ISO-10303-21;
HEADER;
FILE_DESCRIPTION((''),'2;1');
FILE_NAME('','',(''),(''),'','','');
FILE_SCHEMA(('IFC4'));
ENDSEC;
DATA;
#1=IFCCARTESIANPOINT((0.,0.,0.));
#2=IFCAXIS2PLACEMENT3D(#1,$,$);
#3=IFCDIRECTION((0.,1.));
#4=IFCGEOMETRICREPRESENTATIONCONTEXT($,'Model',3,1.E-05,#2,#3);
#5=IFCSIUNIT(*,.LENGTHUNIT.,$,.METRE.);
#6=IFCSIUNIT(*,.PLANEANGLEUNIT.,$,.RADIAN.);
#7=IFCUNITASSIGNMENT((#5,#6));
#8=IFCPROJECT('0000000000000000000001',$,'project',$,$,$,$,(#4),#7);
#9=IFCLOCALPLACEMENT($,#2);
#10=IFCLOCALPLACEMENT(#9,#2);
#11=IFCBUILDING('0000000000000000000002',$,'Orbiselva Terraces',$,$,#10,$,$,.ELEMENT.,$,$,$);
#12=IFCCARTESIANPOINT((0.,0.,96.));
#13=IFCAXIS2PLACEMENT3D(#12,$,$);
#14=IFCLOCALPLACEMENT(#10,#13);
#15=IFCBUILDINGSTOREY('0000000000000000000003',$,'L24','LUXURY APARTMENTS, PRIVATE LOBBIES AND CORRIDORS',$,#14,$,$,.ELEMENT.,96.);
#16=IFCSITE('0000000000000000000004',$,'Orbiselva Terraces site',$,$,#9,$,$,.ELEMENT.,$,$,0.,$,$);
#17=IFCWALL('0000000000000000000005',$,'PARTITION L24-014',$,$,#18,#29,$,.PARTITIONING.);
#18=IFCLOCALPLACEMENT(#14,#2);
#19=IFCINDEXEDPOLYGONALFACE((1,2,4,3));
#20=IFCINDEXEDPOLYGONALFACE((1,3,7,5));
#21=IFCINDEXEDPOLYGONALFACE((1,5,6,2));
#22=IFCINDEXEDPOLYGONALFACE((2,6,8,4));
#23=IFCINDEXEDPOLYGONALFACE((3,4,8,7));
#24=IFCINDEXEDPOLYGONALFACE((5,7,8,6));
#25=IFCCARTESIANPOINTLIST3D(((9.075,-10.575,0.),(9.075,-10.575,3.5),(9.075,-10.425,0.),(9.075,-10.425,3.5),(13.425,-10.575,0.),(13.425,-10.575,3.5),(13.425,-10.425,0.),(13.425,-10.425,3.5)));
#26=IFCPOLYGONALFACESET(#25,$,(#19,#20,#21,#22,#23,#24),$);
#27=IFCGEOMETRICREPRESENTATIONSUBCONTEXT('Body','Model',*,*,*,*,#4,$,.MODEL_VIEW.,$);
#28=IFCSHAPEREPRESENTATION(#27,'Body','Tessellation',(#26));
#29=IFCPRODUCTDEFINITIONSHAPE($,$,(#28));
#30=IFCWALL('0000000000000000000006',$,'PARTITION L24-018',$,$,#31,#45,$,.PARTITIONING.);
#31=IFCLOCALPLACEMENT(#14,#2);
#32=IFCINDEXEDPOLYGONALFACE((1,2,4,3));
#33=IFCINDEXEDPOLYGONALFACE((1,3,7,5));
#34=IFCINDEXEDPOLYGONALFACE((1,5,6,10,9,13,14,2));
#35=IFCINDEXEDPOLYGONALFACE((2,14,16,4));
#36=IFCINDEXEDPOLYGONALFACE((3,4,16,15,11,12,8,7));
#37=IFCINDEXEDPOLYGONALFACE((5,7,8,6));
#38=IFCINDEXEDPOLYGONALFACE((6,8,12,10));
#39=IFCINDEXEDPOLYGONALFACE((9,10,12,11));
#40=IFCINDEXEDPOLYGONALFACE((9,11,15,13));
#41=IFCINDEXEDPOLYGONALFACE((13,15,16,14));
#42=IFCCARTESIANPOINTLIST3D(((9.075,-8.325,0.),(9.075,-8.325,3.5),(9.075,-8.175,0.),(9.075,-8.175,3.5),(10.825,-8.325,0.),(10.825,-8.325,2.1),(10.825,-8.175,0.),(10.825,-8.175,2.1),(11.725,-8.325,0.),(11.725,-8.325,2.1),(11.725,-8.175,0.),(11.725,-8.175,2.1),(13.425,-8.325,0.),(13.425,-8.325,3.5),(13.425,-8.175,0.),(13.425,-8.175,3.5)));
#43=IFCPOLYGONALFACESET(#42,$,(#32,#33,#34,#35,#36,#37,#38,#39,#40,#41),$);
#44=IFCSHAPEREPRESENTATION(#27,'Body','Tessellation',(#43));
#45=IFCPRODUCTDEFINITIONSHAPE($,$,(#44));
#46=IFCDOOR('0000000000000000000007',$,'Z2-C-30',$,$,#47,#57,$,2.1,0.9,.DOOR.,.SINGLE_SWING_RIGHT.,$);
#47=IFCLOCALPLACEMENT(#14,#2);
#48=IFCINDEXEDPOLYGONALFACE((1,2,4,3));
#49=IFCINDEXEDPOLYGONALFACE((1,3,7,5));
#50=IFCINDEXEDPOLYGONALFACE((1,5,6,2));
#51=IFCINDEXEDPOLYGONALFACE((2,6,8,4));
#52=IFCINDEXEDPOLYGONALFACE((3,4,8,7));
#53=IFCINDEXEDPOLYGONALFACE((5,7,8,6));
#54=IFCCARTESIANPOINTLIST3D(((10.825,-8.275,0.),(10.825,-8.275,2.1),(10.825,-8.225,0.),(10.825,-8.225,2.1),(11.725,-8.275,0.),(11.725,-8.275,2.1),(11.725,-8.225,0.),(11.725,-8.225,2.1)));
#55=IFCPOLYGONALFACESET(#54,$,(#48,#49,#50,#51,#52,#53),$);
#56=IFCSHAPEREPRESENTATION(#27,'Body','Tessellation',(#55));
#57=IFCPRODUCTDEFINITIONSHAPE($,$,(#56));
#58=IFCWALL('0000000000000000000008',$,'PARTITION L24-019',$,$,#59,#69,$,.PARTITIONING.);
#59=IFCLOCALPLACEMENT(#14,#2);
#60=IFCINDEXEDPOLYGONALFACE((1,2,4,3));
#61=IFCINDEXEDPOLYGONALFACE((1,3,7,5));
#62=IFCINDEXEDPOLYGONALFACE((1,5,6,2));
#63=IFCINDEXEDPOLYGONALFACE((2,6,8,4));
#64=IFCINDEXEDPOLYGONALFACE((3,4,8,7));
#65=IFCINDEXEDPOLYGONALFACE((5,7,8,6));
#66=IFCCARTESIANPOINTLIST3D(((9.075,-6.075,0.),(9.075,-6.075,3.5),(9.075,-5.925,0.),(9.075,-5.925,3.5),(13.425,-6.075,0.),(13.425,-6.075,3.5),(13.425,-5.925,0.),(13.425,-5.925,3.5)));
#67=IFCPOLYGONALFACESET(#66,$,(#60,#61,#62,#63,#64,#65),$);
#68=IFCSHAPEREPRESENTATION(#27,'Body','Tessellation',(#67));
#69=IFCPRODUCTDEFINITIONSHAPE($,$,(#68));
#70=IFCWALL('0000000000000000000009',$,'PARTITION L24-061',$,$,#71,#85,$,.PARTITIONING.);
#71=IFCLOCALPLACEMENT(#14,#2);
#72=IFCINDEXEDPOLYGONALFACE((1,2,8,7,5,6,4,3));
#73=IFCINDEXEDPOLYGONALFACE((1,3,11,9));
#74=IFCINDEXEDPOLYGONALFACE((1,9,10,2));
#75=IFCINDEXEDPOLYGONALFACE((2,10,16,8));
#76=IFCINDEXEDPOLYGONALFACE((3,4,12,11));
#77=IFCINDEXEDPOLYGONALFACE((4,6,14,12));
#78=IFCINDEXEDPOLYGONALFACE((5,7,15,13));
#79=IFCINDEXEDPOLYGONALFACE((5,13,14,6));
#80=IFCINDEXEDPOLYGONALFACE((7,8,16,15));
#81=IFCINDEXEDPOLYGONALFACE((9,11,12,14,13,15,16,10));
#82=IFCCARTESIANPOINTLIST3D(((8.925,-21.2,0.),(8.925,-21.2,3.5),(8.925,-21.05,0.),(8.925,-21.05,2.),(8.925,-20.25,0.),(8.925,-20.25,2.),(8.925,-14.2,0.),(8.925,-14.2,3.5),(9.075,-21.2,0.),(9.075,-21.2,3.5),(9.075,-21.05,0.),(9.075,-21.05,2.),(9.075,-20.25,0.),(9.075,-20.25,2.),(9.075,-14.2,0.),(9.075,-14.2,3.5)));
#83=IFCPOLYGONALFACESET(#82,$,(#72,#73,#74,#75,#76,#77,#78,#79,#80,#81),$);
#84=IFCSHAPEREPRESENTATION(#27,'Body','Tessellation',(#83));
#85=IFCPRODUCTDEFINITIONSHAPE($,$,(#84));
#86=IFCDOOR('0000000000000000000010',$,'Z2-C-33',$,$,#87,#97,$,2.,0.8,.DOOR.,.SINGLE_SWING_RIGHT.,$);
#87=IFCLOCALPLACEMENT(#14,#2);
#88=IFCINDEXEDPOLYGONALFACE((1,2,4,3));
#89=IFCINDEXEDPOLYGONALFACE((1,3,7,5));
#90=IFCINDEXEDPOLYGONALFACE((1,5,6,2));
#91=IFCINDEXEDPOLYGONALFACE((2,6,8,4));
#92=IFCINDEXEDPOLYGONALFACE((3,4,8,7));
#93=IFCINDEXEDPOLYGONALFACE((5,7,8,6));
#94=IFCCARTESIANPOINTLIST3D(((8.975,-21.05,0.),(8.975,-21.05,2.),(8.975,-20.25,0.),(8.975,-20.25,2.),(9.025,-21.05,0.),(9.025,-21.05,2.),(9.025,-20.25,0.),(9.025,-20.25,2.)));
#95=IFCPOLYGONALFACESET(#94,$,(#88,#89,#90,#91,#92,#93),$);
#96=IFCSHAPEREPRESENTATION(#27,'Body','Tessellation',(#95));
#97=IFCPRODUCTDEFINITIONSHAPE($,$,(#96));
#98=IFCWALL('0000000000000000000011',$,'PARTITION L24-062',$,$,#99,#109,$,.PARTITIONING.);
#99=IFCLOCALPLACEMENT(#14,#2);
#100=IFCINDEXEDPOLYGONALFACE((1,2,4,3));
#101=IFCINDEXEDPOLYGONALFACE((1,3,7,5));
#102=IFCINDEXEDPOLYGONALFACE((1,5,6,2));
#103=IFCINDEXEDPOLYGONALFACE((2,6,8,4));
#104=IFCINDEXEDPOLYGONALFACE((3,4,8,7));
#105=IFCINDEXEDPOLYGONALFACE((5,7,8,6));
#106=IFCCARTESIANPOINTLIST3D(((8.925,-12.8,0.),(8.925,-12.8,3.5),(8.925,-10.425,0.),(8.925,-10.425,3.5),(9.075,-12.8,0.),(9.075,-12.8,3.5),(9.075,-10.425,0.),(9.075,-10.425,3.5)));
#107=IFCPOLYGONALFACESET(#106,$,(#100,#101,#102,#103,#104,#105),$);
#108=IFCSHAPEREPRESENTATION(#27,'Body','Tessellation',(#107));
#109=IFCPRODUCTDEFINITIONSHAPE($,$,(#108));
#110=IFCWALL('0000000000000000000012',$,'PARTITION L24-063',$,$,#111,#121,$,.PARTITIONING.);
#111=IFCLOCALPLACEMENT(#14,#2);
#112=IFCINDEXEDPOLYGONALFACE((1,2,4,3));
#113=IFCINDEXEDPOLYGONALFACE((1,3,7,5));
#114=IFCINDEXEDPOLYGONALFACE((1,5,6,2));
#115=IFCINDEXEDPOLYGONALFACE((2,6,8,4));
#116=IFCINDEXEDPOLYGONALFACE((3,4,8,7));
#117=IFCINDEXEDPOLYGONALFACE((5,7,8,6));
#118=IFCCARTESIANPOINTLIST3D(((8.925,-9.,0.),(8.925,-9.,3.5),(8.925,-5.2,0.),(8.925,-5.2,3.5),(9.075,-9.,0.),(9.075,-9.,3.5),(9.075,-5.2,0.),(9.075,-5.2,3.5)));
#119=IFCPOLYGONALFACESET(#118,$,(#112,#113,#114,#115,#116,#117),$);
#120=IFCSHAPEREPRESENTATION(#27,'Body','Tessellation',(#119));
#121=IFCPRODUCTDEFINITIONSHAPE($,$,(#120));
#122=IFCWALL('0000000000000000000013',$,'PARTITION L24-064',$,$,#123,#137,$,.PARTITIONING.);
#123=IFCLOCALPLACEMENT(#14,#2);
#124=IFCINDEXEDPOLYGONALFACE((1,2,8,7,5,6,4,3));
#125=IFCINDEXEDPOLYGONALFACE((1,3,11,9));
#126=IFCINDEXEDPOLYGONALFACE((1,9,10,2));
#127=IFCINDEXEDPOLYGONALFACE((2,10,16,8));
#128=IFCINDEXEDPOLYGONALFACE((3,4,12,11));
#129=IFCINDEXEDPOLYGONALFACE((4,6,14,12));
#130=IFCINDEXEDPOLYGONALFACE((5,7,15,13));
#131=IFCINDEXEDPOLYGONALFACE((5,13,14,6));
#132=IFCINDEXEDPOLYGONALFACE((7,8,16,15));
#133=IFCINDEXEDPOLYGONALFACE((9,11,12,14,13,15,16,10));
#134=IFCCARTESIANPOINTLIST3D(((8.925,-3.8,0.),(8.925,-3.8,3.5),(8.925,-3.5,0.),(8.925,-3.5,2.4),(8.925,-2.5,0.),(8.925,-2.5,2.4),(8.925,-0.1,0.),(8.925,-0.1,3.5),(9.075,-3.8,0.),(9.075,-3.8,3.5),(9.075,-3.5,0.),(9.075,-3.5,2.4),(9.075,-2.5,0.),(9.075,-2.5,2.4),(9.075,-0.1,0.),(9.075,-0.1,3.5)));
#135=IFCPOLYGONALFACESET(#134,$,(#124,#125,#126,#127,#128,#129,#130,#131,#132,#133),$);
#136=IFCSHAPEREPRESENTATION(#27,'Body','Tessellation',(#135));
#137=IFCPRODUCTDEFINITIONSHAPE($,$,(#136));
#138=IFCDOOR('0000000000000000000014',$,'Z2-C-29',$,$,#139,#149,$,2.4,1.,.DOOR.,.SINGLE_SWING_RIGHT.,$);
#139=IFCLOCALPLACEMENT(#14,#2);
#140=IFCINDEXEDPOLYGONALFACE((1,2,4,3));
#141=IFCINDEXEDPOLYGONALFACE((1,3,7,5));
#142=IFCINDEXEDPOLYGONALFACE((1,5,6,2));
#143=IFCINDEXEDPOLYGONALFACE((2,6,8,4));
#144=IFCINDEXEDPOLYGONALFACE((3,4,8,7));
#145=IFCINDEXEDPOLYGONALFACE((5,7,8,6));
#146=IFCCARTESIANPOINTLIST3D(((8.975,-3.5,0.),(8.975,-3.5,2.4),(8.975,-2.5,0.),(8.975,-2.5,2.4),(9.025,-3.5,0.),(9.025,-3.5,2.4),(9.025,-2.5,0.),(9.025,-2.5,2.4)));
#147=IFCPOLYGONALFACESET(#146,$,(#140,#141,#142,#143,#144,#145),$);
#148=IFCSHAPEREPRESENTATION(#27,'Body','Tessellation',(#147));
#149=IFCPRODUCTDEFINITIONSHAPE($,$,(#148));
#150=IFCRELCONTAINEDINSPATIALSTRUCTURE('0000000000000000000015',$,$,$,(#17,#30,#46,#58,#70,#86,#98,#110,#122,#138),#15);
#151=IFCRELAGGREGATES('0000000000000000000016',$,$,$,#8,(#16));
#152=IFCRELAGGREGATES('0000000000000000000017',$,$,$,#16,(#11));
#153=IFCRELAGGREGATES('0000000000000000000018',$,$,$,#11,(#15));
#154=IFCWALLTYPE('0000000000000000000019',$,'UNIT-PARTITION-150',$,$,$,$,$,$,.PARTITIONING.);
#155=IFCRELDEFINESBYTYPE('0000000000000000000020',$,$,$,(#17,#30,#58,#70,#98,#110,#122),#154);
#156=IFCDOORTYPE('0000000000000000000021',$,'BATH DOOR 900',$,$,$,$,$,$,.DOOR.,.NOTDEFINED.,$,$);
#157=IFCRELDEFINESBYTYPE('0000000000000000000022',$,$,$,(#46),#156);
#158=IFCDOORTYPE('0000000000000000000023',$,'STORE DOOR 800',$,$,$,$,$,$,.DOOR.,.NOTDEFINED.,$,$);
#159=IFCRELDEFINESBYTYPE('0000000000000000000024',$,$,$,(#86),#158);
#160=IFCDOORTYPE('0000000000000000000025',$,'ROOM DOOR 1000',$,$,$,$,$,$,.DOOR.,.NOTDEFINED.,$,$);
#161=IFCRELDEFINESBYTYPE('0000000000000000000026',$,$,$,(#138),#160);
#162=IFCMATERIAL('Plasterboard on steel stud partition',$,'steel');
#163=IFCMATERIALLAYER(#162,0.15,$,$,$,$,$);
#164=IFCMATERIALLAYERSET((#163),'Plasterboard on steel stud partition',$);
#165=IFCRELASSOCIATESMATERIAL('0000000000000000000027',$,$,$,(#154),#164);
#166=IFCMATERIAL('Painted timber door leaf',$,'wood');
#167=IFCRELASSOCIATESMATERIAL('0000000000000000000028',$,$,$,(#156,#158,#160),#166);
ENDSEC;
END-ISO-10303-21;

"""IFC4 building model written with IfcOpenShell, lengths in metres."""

from ifc_helpers import new_model, si_unit, direction, frame, frame_2d, origin, place, context, subcontext, project, spatial, rectangle, extrude, material, layer, layer_set, type_object, element, fill, save


model = new_model("IFC4")

# Units and contexts
model_context = context("Model", 3, precision=1e-05, world=origin(), true_north=direction((0.0, 1.0)))
body_context = subcontext(model_context, "Body", "Model", "MODEL_VIEW")
ifc_project = project(units=[si_unit("LENGTHUNIT", "METRE"), si_unit("PLANEANGLEUNIT", "RADIAN")], contexts=[model_context])

# Site, building, storey
site_placement = place(None, origin())
site = spatial("IfcSite", under=ifc_project, at=site_placement, Name="Orbiselva Terraces site", CompositionType="ELEMENT", RefElevation=0.0)
building_placement = place(site_placement, origin())
building = spatial("IfcBuilding", under=site, at=building_placement, Name="Orbiselva Terraces", CompositionType="ELEMENT")
storey_placement = place(building_placement, frame((0.0, 0.0, 96.0)))
storey = spatial("IfcBuildingStorey", under=building, at=storey_placement, Name="L24", Description="LUXURY APARTMENTS, PRIVATE LOBBIES AND CORRIDORS", CompositionType="ELEMENT", Elevation=96.0)

# Shared definitions
ifc_material_1 = material(Name="Plasterboard on steel stud partition", Category="steel")
ifc_layer_1 = layer(ifc_material_1, 0.15)
ifc_layer_set_1 = layer_set([ifc_layer_1], Name="Plasterboard on steel stud partition")
wall_type_1 = type_object("IfcWallType", Name="UNIT-PARTITION-150", PredefinedType="PARTITIONING", material=ifc_layer_set_1)

# Shared definitions
ifc_material_2 = material(Name="Painted timber door leaf", Category="wood")
door_type_1 = type_object("IfcDoorType", Name="BATH DOOR 900", OperationType="NOTDEFINED", PredefinedType="DOOR", material=ifc_material_2)

# Wall
wall_1_placement = place(storey_placement, frame((9.075, -10.5, 0.0), z_axis=(0.0, 0.0, 1.0), x_axis=(1.0, 0.0, 0.0)))
element("IfcWall", 1, at=wall_1_placement, inside=storey, type_object=wall_type_1, Name="PARTITION L24-014", PredefinedType="PARTITIONING", context=body_context, shape_type="SweptSolid", body=[
    extrude(rectangle(XDim=4.35, YDim=0.15, at=frame_2d((2.175, 0.0))), origin(), (0.0, 0.0, 1.0), 3.5),
])

# Wall, opening, door
wall_2_placement = place(storey_placement, frame((9.075, -8.25, 0.0), z_axis=(0.0, 0.0, 1.0), x_axis=(1.0, 0.0, 0.0)))
wall_2 = element("IfcWall", 2, at=wall_2_placement, inside=storey, type_object=wall_type_1, Name="PARTITION L24-018", PredefinedType="PARTITIONING", context=body_context, shape_type="SweptSolid", body=[
    extrude(rectangle(XDim=4.35, YDim=0.15, at=frame_2d((2.175, 0.0))), origin(), (0.0, 0.0, 1.0), 3.5),
])
opening_1_placement = place(wall_2_placement, frame((1.75, 0.0, 0.0)))
opening_1 = element("IfcOpeningElement", 3, at=opening_1_placement, cuts=wall_2, PredefinedType="OPENING", context=body_context, shape_type="SweptSolid", body=[
    extrude(rectangle(XDim=0.9, YDim=2.1, at=frame_2d((0.45, 1.05))), frame((0.0, 0.085, 0.0), z_axis=(0.0, -1.0, 0.0), x_axis=(1.0, 0.0, 0.0)), (0.0, 0.0, 1.0), 0.17),
])
door_1_placement = place(opening_1_placement, origin())
door_1 = element("IfcDoor", 4, at=door_1_placement, inside=storey, type_object=door_type_1, Name="Z2-C-30", OperationType="SINGLE_SWING_RIGHT", OverallHeight=2.1, OverallWidth=0.9, PredefinedType="DOOR", context=body_context, shape_type="SweptSolid", body=[
    extrude(rectangle(XDim=0.9, YDim=2.1, at=frame_2d((0.45, 1.05))), frame((0.0, 0.025, 0.0), z_axis=(0.0, -1.0, 0.0), x_axis=(1.0, 0.0, 0.0)), (0.0, 0.0, 1.0), 0.05),
])
fill(opening_1, door_1)

# Wall
wall_3_placement = place(storey_placement, frame((9.075, -6.0, 0.0), z_axis=(0.0, 0.0, 1.0), x_axis=(1.0, 0.0, 0.0)))
element("IfcWall", 5, at=wall_3_placement, inside=storey, type_object=wall_type_1, Name="PARTITION L24-019", PredefinedType="PARTITIONING", context=body_context, shape_type="SweptSolid", body=[
    extrude(rectangle(XDim=4.35, YDim=0.15, at=frame_2d((2.175, 0.0))), origin(), (0.0, 0.0, 1.0), 3.5),
])

# Wall, opening, door
wall_4_placement = place(storey_placement, frame((9.0, -14.2, 0.0), z_axis=(0.0, 0.0, 1.0), x_axis=(0.0, -1.0, 0.0)))
wall_4 = element("IfcWall", 6, at=wall_4_placement, inside=storey, type_object=wall_type_1, Name="PARTITION L24-061", PredefinedType="PARTITIONING", context=body_context, shape_type="SweptSolid", body=[
    extrude(rectangle(XDim=7.0, YDim=0.15, at=frame_2d((3.5, 0.0))), origin(), (0.0, 0.0, 1.0), 3.5),
])
opening_2_placement = place(wall_4_placement, frame((6.05, 0.0, 0.0)))
opening_2 = element("IfcOpeningElement", 7, at=opening_2_placement, cuts=wall_4, PredefinedType="OPENING", context=body_context, shape_type="SweptSolid", body=[
    extrude(rectangle(XDim=0.8, YDim=2.0, at=frame_2d((0.4, 1.0))), frame((0.0, 0.085, 0.0), z_axis=(0.0, -1.0, 0.0), x_axis=(1.0, 0.0, 0.0)), (0.0, 0.0, 1.0), 0.17),
])
door_type_2 = type_object("IfcDoorType", Name="STORE DOOR 800", OperationType="NOTDEFINED", PredefinedType="DOOR", material=ifc_material_2)
door_2_placement = place(opening_2_placement, origin())
door_2 = element("IfcDoor", 8, at=door_2_placement, inside=storey, type_object=door_type_2, Name="Z2-C-33", OperationType="SINGLE_SWING_RIGHT", OverallHeight=2.0, OverallWidth=0.8, PredefinedType="DOOR", context=body_context, shape_type="SweptSolid", body=[
    extrude(rectangle(XDim=0.8, YDim=2.0, at=frame_2d((0.4, 1.0))), frame((0.0, 0.025, 0.0), z_axis=(0.0, -1.0, 0.0), x_axis=(1.0, 0.0, 0.0)), (0.0, 0.0, 1.0), 0.05),
])
fill(opening_2, door_2)

# Walls
wall_5_placement = place(storey_placement, frame((9.0, -12.8, 0.0), z_axis=(0.0, 0.0, 1.0), x_axis=(0.0, 1.0, 0.0)))
element("IfcWall", 9, at=wall_5_placement, inside=storey, type_object=wall_type_1, Name="PARTITION L24-062", PredefinedType="PARTITIONING", context=body_context, shape_type="SweptSolid", body=[
    extrude(rectangle(XDim=2.375, YDim=0.15, at=frame_2d((1.1875, 0.0))), origin(), (0.0, 0.0, 1.0), 3.5),
])
wall_6_placement = place(storey_placement, frame((9.0, -9.0, 0.0), z_axis=(0.0, 0.0, 1.0), x_axis=(0.0, 1.0, 0.0)))
element("IfcWall", 10, at=wall_6_placement, inside=storey, type_object=wall_type_1, Name="PARTITION L24-063", PredefinedType="PARTITIONING", context=body_context, shape_type="SweptSolid", body=[
    extrude(rectangle(XDim=3.8, YDim=0.15, at=frame_2d((1.9, 0.0))), origin(), (0.0, 0.0, 1.0), 3.5),
])

# Wall, opening, door
wall_7_placement = place(storey_placement, frame((9.0, -0.1, 0.0), z_axis=(0.0, 0.0, 1.0), x_axis=(0.0, -1.0, 0.0)))
wall_7 = element("IfcWall", 11, at=wall_7_placement, inside=storey, type_object=wall_type_1, Name="PARTITION L24-064", PredefinedType="PARTITIONING", context=body_context, shape_type="SweptSolid", body=[
    extrude(rectangle(XDim=3.7, YDim=0.15, at=frame_2d((1.85, 0.0))), origin(), (0.0, 0.0, 1.0), 3.5),
])
opening_3_placement = place(wall_7_placement, frame((2.4, 0.0, 0.0)))
opening_3 = element("IfcOpeningElement", 12, at=opening_3_placement, cuts=wall_7, PredefinedType="OPENING", context=body_context, shape_type="SweptSolid", body=[
    extrude(rectangle(XDim=1.0, YDim=2.4, at=frame_2d((0.5, 1.2))), frame((0.0, 0.085, 0.0), z_axis=(0.0, -1.0, 0.0), x_axis=(1.0, 0.0, 0.0)), (0.0, 0.0, 1.0), 0.17),
])
door_type_3 = type_object("IfcDoorType", Name="ROOM DOOR 1000", OperationType="NOTDEFINED", PredefinedType="DOOR", material=ifc_material_2)
door_3_placement = place(opening_3_placement, origin())
door_3 = element("IfcDoor", 13, at=door_3_placement, inside=storey, type_object=door_type_3, Name="Z2-C-29", OperationType="SINGLE_SWING_RIGHT", OverallHeight=2.4, OverallWidth=1.0, PredefinedType="DOOR", context=body_context, shape_type="SweptSolid", body=[
    extrude(rectangle(XDim=1.0, YDim=2.4, at=frame_2d((0.5, 1.2))), frame((0.0, 0.025, 0.0), z_axis=(0.0, -1.0, 0.0), x_axis=(1.0, 0.0, 0.0)), (0.0, 0.0, 1.0), 0.05),
])
fill(opening_3, door_3)

save(model, "model.ifc")
